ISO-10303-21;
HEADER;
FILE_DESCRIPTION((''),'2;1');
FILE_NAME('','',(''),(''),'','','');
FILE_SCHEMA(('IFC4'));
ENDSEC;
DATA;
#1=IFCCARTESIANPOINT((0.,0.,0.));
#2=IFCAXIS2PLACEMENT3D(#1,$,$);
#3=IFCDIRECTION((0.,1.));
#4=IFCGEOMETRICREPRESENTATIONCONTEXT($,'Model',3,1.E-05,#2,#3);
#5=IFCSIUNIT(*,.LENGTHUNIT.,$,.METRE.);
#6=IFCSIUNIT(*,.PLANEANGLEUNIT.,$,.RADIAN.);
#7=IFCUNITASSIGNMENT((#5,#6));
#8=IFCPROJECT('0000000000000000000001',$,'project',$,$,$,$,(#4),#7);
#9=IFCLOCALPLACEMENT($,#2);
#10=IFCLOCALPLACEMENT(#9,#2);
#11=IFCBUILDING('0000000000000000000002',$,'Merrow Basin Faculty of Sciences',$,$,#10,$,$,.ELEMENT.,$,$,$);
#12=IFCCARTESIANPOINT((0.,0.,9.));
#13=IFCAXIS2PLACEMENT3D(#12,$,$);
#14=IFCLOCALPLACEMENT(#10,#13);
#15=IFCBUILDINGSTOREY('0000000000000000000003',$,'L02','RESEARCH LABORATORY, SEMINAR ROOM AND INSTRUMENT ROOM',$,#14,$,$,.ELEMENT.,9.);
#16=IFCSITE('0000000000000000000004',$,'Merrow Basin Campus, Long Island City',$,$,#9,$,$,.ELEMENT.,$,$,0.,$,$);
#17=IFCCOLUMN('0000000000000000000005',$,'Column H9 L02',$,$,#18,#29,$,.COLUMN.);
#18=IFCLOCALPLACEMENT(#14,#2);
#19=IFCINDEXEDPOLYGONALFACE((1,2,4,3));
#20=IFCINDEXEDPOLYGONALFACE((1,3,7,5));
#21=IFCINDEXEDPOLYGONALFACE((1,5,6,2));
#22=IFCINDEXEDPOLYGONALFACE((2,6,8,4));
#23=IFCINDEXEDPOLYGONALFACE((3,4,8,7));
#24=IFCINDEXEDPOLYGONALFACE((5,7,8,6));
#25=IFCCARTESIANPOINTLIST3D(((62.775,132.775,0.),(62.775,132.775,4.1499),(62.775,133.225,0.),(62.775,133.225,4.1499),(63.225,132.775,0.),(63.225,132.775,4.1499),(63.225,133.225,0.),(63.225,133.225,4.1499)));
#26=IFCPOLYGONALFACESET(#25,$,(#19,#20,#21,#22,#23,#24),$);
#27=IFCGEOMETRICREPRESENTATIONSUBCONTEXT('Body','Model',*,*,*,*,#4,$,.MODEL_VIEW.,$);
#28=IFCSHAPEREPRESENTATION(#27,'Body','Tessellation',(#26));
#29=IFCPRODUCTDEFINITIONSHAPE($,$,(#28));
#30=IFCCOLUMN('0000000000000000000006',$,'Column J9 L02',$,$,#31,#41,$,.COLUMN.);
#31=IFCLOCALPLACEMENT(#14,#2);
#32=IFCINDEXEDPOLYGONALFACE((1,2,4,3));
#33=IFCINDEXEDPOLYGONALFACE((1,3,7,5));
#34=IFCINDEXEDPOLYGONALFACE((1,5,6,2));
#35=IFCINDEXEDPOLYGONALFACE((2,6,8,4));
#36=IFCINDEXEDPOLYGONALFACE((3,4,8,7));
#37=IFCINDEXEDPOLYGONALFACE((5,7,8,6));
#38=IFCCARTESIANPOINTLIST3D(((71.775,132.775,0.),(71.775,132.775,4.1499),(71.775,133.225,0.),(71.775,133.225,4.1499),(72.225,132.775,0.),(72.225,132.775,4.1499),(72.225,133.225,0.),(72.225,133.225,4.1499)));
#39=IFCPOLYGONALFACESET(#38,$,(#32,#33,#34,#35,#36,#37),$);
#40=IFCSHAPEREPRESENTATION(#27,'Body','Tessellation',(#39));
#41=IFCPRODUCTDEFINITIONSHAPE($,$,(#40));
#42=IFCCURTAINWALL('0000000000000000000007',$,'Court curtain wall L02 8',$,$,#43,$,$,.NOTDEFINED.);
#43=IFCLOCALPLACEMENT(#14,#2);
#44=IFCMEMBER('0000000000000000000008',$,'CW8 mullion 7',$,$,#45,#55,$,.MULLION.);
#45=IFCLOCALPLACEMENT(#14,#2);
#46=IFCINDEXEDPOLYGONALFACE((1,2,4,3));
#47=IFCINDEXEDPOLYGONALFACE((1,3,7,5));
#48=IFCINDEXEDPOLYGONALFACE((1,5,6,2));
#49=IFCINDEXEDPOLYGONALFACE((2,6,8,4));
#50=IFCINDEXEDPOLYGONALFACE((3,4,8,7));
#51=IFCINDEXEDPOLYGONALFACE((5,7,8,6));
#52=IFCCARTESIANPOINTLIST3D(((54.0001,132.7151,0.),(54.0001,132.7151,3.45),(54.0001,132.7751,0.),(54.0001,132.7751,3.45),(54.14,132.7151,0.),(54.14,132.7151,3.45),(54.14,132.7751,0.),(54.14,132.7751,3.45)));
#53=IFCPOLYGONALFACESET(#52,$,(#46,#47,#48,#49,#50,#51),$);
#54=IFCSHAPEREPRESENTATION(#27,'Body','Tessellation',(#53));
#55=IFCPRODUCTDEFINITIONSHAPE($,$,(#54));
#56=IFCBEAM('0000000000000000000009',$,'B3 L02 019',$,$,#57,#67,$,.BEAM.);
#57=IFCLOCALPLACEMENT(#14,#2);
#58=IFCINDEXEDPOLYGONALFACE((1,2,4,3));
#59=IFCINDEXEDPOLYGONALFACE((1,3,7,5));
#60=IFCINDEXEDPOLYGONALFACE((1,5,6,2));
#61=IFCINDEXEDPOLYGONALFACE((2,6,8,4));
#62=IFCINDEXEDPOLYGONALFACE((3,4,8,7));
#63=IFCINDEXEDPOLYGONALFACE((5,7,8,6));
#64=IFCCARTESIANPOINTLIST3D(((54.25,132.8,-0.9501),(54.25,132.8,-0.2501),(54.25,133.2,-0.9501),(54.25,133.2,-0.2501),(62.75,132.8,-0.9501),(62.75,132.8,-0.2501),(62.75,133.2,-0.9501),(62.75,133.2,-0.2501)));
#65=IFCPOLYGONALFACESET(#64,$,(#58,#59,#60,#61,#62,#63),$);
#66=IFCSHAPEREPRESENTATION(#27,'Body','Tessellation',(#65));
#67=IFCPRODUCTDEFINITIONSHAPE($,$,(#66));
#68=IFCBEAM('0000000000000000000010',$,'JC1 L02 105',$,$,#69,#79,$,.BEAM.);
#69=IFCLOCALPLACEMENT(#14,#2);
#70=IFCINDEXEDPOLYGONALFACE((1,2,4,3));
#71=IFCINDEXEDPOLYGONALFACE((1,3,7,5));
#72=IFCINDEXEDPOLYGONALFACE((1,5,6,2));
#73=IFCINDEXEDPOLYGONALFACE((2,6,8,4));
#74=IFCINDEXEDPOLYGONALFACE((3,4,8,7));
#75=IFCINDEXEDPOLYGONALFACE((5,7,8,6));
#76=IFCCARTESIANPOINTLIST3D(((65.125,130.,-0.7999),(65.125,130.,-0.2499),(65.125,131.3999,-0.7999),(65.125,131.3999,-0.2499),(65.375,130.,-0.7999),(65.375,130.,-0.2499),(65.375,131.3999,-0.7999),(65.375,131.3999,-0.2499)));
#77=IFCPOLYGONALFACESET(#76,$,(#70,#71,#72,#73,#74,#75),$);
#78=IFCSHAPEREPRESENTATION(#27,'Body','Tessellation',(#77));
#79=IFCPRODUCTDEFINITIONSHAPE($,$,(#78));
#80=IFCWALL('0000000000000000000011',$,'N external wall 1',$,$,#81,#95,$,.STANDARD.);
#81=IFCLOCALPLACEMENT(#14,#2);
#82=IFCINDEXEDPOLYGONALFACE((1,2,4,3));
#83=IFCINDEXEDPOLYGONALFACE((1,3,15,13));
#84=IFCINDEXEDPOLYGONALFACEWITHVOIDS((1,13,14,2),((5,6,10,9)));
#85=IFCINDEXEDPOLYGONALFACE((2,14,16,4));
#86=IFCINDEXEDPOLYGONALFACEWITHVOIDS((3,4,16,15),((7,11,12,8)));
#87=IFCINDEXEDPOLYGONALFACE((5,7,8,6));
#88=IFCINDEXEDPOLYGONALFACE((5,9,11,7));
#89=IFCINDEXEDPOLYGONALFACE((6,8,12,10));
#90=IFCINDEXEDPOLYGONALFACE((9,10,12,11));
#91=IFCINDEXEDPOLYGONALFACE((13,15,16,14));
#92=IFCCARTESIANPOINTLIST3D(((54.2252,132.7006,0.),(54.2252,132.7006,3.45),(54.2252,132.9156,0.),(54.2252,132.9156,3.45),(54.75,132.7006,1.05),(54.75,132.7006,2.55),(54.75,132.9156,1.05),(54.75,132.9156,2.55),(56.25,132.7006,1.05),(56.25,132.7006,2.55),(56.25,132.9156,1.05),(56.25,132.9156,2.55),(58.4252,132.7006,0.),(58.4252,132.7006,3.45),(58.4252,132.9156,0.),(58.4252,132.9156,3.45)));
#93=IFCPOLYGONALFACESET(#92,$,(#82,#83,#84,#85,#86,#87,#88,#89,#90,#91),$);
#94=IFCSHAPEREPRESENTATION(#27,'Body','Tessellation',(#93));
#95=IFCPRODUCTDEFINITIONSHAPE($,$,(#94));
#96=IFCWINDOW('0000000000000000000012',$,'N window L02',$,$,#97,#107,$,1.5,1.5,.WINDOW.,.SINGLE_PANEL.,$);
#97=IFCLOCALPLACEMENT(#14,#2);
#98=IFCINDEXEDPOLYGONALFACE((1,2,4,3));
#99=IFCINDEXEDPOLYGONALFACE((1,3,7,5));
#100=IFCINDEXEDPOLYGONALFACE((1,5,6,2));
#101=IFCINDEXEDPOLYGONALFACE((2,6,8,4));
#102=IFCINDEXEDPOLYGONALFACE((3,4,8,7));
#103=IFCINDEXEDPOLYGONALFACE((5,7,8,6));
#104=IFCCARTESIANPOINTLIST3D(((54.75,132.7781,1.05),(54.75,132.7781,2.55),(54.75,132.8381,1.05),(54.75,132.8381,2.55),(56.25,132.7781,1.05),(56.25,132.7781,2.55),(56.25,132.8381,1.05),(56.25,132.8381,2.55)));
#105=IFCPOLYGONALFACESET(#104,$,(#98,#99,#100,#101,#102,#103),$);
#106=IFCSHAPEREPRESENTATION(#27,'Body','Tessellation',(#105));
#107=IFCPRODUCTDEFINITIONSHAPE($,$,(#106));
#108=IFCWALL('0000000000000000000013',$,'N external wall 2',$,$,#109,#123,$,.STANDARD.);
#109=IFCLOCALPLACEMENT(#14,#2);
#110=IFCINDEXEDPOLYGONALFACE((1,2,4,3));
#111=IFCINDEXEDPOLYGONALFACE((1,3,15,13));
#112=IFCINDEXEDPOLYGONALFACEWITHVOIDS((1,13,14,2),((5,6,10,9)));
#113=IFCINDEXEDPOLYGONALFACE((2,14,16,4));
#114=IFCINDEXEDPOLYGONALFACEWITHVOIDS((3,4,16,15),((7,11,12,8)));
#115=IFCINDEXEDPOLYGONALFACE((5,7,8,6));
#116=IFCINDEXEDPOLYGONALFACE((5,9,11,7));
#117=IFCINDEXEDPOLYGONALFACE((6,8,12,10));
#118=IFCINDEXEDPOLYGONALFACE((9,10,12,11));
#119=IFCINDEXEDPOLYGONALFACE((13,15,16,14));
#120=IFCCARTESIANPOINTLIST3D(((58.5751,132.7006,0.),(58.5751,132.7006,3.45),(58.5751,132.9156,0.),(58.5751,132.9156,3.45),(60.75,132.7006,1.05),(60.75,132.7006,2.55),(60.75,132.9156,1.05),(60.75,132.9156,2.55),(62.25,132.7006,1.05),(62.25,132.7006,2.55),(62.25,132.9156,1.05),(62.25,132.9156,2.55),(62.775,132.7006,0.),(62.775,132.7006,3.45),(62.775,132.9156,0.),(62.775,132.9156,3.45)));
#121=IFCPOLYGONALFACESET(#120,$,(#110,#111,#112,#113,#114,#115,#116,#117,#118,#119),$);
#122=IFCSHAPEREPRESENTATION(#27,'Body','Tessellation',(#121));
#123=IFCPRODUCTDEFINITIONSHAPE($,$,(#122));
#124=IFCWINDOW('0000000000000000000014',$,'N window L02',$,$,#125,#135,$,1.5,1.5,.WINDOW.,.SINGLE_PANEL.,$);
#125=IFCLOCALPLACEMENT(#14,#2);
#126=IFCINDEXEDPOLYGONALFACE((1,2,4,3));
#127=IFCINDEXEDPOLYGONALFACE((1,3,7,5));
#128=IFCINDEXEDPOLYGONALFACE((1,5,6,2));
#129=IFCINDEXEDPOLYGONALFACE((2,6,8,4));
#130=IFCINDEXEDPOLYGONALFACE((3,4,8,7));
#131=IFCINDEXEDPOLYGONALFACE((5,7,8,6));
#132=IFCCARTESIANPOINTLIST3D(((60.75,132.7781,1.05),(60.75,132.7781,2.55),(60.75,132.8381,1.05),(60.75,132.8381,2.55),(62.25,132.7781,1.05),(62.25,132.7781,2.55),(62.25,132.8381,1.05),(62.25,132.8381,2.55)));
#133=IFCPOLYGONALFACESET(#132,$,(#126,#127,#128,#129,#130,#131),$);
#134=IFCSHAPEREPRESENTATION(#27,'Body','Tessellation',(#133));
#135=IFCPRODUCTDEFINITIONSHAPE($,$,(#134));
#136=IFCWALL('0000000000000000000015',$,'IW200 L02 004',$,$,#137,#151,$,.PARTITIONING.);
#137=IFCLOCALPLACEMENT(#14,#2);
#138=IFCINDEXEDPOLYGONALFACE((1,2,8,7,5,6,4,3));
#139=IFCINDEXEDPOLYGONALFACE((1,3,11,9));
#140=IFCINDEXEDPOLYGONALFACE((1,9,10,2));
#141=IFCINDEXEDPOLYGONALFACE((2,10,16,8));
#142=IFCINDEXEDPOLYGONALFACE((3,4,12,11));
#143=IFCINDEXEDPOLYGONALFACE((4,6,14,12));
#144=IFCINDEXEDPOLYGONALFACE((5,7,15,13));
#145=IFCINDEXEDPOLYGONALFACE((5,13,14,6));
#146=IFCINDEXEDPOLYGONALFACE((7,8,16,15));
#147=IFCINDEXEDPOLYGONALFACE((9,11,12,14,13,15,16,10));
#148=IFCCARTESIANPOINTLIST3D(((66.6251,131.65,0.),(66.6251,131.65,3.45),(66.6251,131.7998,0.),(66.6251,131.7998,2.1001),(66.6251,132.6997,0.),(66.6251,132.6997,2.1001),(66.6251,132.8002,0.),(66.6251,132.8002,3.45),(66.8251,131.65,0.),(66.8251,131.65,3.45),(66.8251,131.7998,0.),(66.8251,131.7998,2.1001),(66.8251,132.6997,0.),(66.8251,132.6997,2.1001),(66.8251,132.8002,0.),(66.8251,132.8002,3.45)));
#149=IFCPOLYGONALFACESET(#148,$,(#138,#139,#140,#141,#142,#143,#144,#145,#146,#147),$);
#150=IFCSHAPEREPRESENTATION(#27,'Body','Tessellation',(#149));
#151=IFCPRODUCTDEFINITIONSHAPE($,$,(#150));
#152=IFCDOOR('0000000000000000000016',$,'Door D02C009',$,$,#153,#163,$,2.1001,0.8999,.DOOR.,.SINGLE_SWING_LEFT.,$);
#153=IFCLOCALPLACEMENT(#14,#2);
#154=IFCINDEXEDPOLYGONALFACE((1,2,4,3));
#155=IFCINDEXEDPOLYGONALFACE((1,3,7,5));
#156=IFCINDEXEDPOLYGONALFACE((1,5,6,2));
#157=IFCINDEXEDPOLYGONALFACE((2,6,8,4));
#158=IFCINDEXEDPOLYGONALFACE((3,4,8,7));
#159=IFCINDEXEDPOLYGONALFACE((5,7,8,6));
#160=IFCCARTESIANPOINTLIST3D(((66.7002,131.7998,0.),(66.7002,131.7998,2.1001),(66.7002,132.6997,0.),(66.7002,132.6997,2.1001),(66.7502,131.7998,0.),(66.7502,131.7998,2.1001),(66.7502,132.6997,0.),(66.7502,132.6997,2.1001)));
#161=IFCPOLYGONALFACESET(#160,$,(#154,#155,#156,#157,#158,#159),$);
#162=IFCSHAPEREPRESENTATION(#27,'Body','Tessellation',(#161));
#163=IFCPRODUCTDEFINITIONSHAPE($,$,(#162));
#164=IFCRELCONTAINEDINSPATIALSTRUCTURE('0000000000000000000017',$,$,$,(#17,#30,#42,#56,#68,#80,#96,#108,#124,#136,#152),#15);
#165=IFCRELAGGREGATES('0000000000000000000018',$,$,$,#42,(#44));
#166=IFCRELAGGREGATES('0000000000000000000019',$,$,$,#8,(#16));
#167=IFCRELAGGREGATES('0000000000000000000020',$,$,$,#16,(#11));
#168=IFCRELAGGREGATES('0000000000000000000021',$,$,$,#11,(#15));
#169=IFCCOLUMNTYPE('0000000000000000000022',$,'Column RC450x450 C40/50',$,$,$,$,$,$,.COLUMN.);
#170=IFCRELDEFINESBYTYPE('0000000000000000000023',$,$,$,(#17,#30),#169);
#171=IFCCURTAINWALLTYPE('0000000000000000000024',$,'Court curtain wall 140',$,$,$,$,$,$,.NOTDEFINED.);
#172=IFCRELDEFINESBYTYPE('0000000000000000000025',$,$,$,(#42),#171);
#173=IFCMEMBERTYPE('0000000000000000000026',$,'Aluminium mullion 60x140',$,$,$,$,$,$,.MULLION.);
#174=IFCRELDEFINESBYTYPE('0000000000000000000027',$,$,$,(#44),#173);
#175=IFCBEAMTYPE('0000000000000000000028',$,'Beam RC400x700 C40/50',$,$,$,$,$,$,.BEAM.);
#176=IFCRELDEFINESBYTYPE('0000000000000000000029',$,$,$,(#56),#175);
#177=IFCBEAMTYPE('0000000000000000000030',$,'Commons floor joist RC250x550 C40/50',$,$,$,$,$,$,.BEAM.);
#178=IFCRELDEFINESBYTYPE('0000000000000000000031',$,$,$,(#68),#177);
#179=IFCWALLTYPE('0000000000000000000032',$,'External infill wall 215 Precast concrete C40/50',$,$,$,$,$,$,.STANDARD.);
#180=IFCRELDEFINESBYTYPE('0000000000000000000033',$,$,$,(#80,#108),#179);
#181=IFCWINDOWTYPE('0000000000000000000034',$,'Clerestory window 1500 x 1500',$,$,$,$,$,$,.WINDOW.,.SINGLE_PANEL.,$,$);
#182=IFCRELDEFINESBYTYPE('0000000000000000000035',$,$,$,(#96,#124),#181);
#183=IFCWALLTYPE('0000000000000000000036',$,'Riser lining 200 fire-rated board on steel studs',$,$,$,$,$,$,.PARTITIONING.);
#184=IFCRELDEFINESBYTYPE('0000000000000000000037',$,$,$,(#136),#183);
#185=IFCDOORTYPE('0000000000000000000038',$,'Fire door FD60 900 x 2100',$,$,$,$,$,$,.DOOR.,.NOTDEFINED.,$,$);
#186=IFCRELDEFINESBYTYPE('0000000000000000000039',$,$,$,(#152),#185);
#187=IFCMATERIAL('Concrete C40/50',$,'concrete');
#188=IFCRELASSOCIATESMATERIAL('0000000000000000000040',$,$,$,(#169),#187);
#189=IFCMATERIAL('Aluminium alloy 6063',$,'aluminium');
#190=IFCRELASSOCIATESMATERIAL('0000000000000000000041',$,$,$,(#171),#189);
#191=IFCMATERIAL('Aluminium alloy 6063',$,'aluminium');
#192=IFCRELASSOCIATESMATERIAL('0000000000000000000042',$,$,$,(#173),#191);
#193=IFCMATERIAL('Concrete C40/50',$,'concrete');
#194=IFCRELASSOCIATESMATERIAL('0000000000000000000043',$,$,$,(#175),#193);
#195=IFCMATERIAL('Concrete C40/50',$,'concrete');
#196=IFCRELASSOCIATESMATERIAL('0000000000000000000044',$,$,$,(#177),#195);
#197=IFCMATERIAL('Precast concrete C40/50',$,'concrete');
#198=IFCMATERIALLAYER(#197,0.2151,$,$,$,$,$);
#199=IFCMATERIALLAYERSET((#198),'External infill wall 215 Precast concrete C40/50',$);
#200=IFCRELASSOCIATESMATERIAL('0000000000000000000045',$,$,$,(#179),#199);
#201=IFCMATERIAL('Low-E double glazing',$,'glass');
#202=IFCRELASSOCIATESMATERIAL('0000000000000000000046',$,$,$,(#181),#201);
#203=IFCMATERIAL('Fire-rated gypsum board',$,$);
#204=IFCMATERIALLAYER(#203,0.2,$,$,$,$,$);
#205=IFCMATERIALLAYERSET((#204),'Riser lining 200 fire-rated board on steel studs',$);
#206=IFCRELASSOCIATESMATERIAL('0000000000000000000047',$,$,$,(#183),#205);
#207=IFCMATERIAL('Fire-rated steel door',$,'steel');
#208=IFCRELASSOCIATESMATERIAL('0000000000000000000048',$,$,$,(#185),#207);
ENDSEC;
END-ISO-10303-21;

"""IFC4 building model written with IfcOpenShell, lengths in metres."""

from ifc_helpers import new_model, si_unit, direction, frame, frame_2d, origin, origin_2d, place, context, subcontext, project, spatial, rectangle, extrude, material, layer, layer_set, material_profile, profile_set, type_object, element, fill, aggregate, save


model = new_model("IFC4")

# Units and contexts
model_context = context("Model", 3, precision=1e-05, world=origin(), true_north=direction((0.0, 1.0)))
body_context = subcontext(model_context, "Body", "Model", "MODEL_VIEW")
ifc_project = project(units=[si_unit("LENGTHUNIT", "METRE"), si_unit("PLANEANGLEUNIT", "RADIAN")], contexts=[model_context])

# Site, building, storey
site_placement = place(None, origin())
site = spatial("IfcSite", under=ifc_project, at=site_placement, Name="Merrow Basin Campus, Long Island City", CompositionType="ELEMENT", RefElevation=0.0)
building_placement = place(site_placement, origin())
building = spatial("IfcBuilding", under=site, at=building_placement, Name="Merrow Basin Faculty of Sciences", CompositionType="ELEMENT")
storey_placement = place(building_placement, frame((0.0, 0.0, 9.0)))
storey = spatial("IfcBuildingStorey", under=building, at=storey_placement, Name="L02", Description="RESEARCH LABORATORY, SEMINAR ROOM AND INSTRUMENT ROOM", CompositionType="ELEMENT", Elevation=9.0)

# Columns
ifc_material_1 = material(Name="Concrete C40/50", Category="concrete")
ifc_material_profile_1 = material_profile(ifc_material_1, rectangle(XDim=0.45, YDim=0.45, at=origin_2d()))
ifc_profile_set_1 = profile_set([ifc_material_profile_1], Name="Concrete C40/50")
column_type = type_object("IfcColumnType", Name="Column RC450x450 C40/50", PredefinedType="COLUMN", material=ifc_profile_set_1)
for number, where, z_axis, x_axis, name in (
    (1, (63.0, 133.0, 0.0), (0.0, 0.0, 1.0), (1.0, 0.0, 0.0), "Column H9 L02"),
    (2, (72.0, 133.0, 0.0), (0.0, 0.0, 1.0), (1.0, 0.0, 0.0), "Column J9 L02"),
):
    element("IfcColumn", number, at=place(storey_placement, frame(where, z_axis=z_axis, x_axis=x_axis)), inside=storey, type_object=column_type, Name=name, PredefinedType="COLUMN", context=body_context, shape_type="SweptSolid", body=[
        extrude(rectangle(XDim=0.45, YDim=0.45, at=origin_2d()), origin(), (0.0, 0.0, 1.0), 4.1499),
    ])

# Curtain wall, member
ifc_material_2 = material(Name="Aluminium alloy 6063", Category="aluminium")
curtain_wall_type = type_object("IfcCurtainWallType", Name="Court curtain wall 140", PredefinedType="NOTDEFINED", material=ifc_material_2)
curtain_wall_placement = place(storey_placement, origin())
curtain_wall = element("IfcCurtainWall", 3, at=curtain_wall_placement, inside=storey, type_object=curtain_wall_type, Name="Court curtain wall L02 8", PredefinedType="NOTDEFINED")
ifc_material_3 = material(Name="Aluminium alloy 6063", Category="aluminium")
ifc_material_profile_2 = material_profile(ifc_material_3, rectangle(XDim=0.1399, YDim=0.0601, at=origin_2d()))
ifc_profile_set_2 = profile_set([ifc_material_profile_2], Name="Aluminium alloy 6063")
member_type = type_object("IfcMemberType", Name="Aluminium mullion 60x140", PredefinedType="MULLION", material=ifc_profile_set_2)
member_placement = place(storey_placement, frame((54.0701, 132.7451, 0.0), z_axis=(0.0, 0.0, 1.0), x_axis=(-1.0, 0.0, 0.0)))
member = element("IfcMember", 4, at=member_placement, type_object=member_type, Name="CW8 mullion 7", PredefinedType="MULLION", context=body_context, shape_type="SweptSolid", body=[
    extrude(rectangle(XDim=0.1399, YDim=0.0601, at=origin_2d()), origin(), (0.0, 0.0, 1.0), 3.45),
])
aggregate(curtain_wall, [member])

# Beams
ifc_material_4 = material(Name="Concrete C40/50", Category="concrete")
ifc_material_profile_3 = material_profile(ifc_material_4, rectangle(XDim=0.3999, YDim=0.7, at=origin_2d()))
ifc_profile_set_3 = profile_set([ifc_material_profile_3], Name="Concrete C40/50")
beam_type_1 = type_object("IfcBeamType", Name="Beam RC400x700 C40/50", PredefinedType="BEAM", material=ifc_profile_set_3)
beam_1_placement = place(storey_placement, frame((54.25, 133.0, -0.6001), z_axis=(1.0, 0.0, 0.0), x_axis=(0.0, 1.0, 0.0)))
element("IfcBeam", 5, at=beam_1_placement, inside=storey, type_object=beam_type_1, Name="B3 L02 019", PredefinedType="BEAM", context=body_context, shape_type="SweptSolid", body=[
    extrude(rectangle(XDim=0.3999, YDim=0.7, at=origin_2d()), origin(), (0.0, 0.0, 1.0), 8.5),
])
ifc_material_5 = material(Name="Concrete C40/50", Category="concrete")
ifc_material_profile_4 = material_profile(ifc_material_5, rectangle(XDim=0.25, YDim=0.55, at=origin_2d()))
ifc_profile_set_4 = profile_set([ifc_material_profile_4], Name="Concrete C40/50")
beam_type_2 = type_object("IfcBeamType", Name="Commons floor joist RC250x550 C40/50", PredefinedType="BEAM", material=ifc_profile_set_4)
beam_2_placement = place(storey_placement, frame((65.25, 130.0, -0.5249), z_axis=(0.0, 1.0, 0.0), x_axis=(-1.0, 0.0, 0.0)))
element("IfcBeam", 6, at=beam_2_placement, inside=storey, type_object=beam_type_2, Name="JC1 L02 105", PredefinedType="BEAM", context=body_context, shape_type="SweptSolid", body=[
    extrude(rectangle(XDim=0.25, YDim=0.55, at=origin_2d()), origin(), (0.0, 0.0, 1.0), 1.3999),
])

# Walls, openings, windows
ifc_material_6 = material(Name="Precast concrete C40/50", Category="concrete")
ifc_layer_1 = layer(ifc_material_6, 0.2151)
ifc_layer_set_1 = layer_set([ifc_layer_1], Name="External infill wall 215 Precast concrete C40/50")
wall_type_1 = type_object("IfcWallType", Name="External infill wall 215 Precast concrete C40/50", PredefinedType="STANDARD", material=ifc_layer_set_1)
wall_1_placement = place(storey_placement, frame((54.2251, 132.8081, 0.0), z_axis=(0.0, 0.0, 1.0), x_axis=(1.0, 0.0, 0.0)))
wall_1 = element("IfcWall", 7, at=wall_1_placement, inside=storey, type_object=wall_type_1, Name="N external wall 1", PredefinedType="STANDARD", context=body_context, shape_type="SweptSolid", body=[
    extrude(rectangle(XDim=4.2, YDim=0.2151, at=frame_2d((2.1001, 0.0))), origin(), (0.0, 0.0, 1.0), 3.45),
])
opening_1_placement = place(wall_1_placement, frame((0.5249, 0.0, 1.05)))
opening_1 = element("IfcOpeningElement", 8, at=opening_1_placement, cuts=wall_1, PredefinedType="OPENING", context=body_context, shape_type="SweptSolid", body=[
    extrude(rectangle(XDim=1.5, YDim=1.5, at=frame_2d((0.75, 0.75))), frame((0.0, 0.1174, 0.0), z_axis=(0.0, -1.0, 0.0), x_axis=(1.0, 0.0, 0.0)), (0.0, 0.0, 1.0), 0.2351),
])
ifc_material_7 = material(Name="Low-E double glazing", Category="glass")
window_type = type_object("IfcWindowType", Name="Clerestory window 1500 x 1500", PartitioningType="SINGLE_PANEL", PredefinedType="WINDOW", material=ifc_material_7)
window_1_placement = place(opening_1_placement, origin())
window_1 = element("IfcWindow", 9, at=window_1_placement, inside=storey, type_object=window_type, Name="N window L02", OverallHeight=1.5, OverallWidth=1.5, PartitioningType="SINGLE_PANEL", PredefinedType="WINDOW", context=body_context, shape_type="SweptSolid", body=[
    extrude(rectangle(XDim=1.5, YDim=1.5, at=frame_2d((0.75, 0.75))), frame((0.0, 0.03, 0.0), z_axis=(0.0, -1.0, 0.0), x_axis=(1.0, 0.0, 0.0)), (0.0, 0.0, 1.0), 0.0601),
])
fill(opening_1, window_1)
wall_2_placement = place(storey_placement, frame((58.575, 132.8081, 0.0), z_axis=(0.0, 0.0, 1.0), x_axis=(1.0, 0.0, 0.0)))
wall_2 = element("IfcWall", 10, at=wall_2_placement, inside=storey, type_object=wall_type_1, Name="N external wall 2", PredefinedType="STANDARD", context=body_context, shape_type="SweptSolid", body=[
    extrude(rectangle(XDim=4.2, YDim=0.2151, at=frame_2d((2.1001, 0.0))), origin(), (0.0, 0.0, 1.0), 3.45),
])
opening_2_placement = place(wall_2_placement, frame((2.175, 0.0, 1.05)))
opening_2 = element("IfcOpeningElement", 11, at=opening_2_placement, cuts=wall_2, PredefinedType="OPENING", context=body_context, shape_type="SweptSolid", body=[
    extrude(rectangle(XDim=1.5, YDim=1.5, at=frame_2d((0.75, 0.75))), frame((0.0, 0.1174, 0.0), z_axis=(0.0, -1.0, 0.0), x_axis=(1.0, 0.0, 0.0)), (0.0, 0.0, 1.0), 0.2351),
])
window_2_placement = place(opening_2_placement, origin())
window_2 = element("IfcWindow", 12, at=window_2_placement, inside=storey, type_object=window_type, Name="N window L02", OverallHeight=1.5, OverallWidth=1.5, PartitioningType="SINGLE_PANEL", PredefinedType="WINDOW", context=body_context, shape_type="SweptSolid", body=[
    extrude(rectangle(XDim=1.5, YDim=1.5, at=frame_2d((0.75, 0.75))), frame((0.0, 0.03, 0.0), z_axis=(0.0, -1.0, 0.0), x_axis=(1.0, 0.0, 0.0)), (0.0, 0.0, 1.0), 0.0601),
])
fill(opening_2, window_2)

# Wall, opening, door
ifc_material_8 = material(Name="Fire-rated gypsum board")
ifc_layer_2 = layer(ifc_material_8, 0.2)
ifc_layer_set_2 = layer_set([ifc_layer_2], Name="Riser lining 200 fire-rated board on steel studs")
wall_type_2 = type_object("IfcWallType", Name="Riser lining 200 fire-rated board on steel studs", PredefinedType="PARTITIONING", material=ifc_layer_set_2)
wall_3_placement = place(storey_placement, frame((66.7251, 131.6499, 0.0), z_axis=(0.0, 0.0, 1.0), x_axis=(0.0, 1.0, 0.0)))
wall_3 = element("IfcWall", 13, at=wall_3_placement, inside=storey, type_object=wall_type_2, Name="IW200 L02 004", PredefinedType="PARTITIONING", context=body_context, shape_type="SweptSolid", body=[
    extrude(rectangle(XDim=1.1501, YDim=0.2, at=frame_2d((0.5752, 0.0))), origin(), (0.0, 0.0, 1.0), 3.45),
])
opening_3_placement = place(wall_3_placement, frame((0.1499, 0.0, 0.0)))
opening_3 = element("IfcOpeningElement", 14, at=opening_3_placement, cuts=wall_3, PredefinedType="OPENING", context=body_context, shape_type="SweptSolid", body=[
    extrude(rectangle(XDim=0.8999, YDim=2.1001, at=frame_2d((0.45, 1.05))), frame((0.0, 0.1099, 0.0), z_axis=(0.0, -1.0, 0.0), x_axis=(1.0, 0.0, 0.0)), (0.0, 0.0, 1.0), 0.22),
])
ifc_material_9 = material(Name="Fire-rated steel door", Category="steel")
door_type = type_object("IfcDoorType", Name="Fire door FD60 900 x 2100", OperationType="NOTDEFINED", PredefinedType="DOOR", material=ifc_material_9)
door_1_placement = place(opening_3_placement, origin())
door_1 = element("IfcDoor", 15, at=door_1_placement, inside=storey, type_object=door_type, Name="Door D02C009", OperationType="SINGLE_SWING_LEFT", OverallHeight=2.1001, OverallWidth=0.8999, PredefinedType="DOOR", context=body_context, shape_type="SweptSolid", body=[
    extrude(rectangle(XDim=0.8999, YDim=2.1001, at=frame_2d((0.45, 1.05))), frame((0.0, 0.0249, 0.0), z_axis=(0.0, -1.0, 0.0), x_axis=(1.0, 0.0, 0.0)), (0.0, 0.0, 1.0), 0.05),
])
fill(opening_3, door_1)

save(model, "model.ifc")
